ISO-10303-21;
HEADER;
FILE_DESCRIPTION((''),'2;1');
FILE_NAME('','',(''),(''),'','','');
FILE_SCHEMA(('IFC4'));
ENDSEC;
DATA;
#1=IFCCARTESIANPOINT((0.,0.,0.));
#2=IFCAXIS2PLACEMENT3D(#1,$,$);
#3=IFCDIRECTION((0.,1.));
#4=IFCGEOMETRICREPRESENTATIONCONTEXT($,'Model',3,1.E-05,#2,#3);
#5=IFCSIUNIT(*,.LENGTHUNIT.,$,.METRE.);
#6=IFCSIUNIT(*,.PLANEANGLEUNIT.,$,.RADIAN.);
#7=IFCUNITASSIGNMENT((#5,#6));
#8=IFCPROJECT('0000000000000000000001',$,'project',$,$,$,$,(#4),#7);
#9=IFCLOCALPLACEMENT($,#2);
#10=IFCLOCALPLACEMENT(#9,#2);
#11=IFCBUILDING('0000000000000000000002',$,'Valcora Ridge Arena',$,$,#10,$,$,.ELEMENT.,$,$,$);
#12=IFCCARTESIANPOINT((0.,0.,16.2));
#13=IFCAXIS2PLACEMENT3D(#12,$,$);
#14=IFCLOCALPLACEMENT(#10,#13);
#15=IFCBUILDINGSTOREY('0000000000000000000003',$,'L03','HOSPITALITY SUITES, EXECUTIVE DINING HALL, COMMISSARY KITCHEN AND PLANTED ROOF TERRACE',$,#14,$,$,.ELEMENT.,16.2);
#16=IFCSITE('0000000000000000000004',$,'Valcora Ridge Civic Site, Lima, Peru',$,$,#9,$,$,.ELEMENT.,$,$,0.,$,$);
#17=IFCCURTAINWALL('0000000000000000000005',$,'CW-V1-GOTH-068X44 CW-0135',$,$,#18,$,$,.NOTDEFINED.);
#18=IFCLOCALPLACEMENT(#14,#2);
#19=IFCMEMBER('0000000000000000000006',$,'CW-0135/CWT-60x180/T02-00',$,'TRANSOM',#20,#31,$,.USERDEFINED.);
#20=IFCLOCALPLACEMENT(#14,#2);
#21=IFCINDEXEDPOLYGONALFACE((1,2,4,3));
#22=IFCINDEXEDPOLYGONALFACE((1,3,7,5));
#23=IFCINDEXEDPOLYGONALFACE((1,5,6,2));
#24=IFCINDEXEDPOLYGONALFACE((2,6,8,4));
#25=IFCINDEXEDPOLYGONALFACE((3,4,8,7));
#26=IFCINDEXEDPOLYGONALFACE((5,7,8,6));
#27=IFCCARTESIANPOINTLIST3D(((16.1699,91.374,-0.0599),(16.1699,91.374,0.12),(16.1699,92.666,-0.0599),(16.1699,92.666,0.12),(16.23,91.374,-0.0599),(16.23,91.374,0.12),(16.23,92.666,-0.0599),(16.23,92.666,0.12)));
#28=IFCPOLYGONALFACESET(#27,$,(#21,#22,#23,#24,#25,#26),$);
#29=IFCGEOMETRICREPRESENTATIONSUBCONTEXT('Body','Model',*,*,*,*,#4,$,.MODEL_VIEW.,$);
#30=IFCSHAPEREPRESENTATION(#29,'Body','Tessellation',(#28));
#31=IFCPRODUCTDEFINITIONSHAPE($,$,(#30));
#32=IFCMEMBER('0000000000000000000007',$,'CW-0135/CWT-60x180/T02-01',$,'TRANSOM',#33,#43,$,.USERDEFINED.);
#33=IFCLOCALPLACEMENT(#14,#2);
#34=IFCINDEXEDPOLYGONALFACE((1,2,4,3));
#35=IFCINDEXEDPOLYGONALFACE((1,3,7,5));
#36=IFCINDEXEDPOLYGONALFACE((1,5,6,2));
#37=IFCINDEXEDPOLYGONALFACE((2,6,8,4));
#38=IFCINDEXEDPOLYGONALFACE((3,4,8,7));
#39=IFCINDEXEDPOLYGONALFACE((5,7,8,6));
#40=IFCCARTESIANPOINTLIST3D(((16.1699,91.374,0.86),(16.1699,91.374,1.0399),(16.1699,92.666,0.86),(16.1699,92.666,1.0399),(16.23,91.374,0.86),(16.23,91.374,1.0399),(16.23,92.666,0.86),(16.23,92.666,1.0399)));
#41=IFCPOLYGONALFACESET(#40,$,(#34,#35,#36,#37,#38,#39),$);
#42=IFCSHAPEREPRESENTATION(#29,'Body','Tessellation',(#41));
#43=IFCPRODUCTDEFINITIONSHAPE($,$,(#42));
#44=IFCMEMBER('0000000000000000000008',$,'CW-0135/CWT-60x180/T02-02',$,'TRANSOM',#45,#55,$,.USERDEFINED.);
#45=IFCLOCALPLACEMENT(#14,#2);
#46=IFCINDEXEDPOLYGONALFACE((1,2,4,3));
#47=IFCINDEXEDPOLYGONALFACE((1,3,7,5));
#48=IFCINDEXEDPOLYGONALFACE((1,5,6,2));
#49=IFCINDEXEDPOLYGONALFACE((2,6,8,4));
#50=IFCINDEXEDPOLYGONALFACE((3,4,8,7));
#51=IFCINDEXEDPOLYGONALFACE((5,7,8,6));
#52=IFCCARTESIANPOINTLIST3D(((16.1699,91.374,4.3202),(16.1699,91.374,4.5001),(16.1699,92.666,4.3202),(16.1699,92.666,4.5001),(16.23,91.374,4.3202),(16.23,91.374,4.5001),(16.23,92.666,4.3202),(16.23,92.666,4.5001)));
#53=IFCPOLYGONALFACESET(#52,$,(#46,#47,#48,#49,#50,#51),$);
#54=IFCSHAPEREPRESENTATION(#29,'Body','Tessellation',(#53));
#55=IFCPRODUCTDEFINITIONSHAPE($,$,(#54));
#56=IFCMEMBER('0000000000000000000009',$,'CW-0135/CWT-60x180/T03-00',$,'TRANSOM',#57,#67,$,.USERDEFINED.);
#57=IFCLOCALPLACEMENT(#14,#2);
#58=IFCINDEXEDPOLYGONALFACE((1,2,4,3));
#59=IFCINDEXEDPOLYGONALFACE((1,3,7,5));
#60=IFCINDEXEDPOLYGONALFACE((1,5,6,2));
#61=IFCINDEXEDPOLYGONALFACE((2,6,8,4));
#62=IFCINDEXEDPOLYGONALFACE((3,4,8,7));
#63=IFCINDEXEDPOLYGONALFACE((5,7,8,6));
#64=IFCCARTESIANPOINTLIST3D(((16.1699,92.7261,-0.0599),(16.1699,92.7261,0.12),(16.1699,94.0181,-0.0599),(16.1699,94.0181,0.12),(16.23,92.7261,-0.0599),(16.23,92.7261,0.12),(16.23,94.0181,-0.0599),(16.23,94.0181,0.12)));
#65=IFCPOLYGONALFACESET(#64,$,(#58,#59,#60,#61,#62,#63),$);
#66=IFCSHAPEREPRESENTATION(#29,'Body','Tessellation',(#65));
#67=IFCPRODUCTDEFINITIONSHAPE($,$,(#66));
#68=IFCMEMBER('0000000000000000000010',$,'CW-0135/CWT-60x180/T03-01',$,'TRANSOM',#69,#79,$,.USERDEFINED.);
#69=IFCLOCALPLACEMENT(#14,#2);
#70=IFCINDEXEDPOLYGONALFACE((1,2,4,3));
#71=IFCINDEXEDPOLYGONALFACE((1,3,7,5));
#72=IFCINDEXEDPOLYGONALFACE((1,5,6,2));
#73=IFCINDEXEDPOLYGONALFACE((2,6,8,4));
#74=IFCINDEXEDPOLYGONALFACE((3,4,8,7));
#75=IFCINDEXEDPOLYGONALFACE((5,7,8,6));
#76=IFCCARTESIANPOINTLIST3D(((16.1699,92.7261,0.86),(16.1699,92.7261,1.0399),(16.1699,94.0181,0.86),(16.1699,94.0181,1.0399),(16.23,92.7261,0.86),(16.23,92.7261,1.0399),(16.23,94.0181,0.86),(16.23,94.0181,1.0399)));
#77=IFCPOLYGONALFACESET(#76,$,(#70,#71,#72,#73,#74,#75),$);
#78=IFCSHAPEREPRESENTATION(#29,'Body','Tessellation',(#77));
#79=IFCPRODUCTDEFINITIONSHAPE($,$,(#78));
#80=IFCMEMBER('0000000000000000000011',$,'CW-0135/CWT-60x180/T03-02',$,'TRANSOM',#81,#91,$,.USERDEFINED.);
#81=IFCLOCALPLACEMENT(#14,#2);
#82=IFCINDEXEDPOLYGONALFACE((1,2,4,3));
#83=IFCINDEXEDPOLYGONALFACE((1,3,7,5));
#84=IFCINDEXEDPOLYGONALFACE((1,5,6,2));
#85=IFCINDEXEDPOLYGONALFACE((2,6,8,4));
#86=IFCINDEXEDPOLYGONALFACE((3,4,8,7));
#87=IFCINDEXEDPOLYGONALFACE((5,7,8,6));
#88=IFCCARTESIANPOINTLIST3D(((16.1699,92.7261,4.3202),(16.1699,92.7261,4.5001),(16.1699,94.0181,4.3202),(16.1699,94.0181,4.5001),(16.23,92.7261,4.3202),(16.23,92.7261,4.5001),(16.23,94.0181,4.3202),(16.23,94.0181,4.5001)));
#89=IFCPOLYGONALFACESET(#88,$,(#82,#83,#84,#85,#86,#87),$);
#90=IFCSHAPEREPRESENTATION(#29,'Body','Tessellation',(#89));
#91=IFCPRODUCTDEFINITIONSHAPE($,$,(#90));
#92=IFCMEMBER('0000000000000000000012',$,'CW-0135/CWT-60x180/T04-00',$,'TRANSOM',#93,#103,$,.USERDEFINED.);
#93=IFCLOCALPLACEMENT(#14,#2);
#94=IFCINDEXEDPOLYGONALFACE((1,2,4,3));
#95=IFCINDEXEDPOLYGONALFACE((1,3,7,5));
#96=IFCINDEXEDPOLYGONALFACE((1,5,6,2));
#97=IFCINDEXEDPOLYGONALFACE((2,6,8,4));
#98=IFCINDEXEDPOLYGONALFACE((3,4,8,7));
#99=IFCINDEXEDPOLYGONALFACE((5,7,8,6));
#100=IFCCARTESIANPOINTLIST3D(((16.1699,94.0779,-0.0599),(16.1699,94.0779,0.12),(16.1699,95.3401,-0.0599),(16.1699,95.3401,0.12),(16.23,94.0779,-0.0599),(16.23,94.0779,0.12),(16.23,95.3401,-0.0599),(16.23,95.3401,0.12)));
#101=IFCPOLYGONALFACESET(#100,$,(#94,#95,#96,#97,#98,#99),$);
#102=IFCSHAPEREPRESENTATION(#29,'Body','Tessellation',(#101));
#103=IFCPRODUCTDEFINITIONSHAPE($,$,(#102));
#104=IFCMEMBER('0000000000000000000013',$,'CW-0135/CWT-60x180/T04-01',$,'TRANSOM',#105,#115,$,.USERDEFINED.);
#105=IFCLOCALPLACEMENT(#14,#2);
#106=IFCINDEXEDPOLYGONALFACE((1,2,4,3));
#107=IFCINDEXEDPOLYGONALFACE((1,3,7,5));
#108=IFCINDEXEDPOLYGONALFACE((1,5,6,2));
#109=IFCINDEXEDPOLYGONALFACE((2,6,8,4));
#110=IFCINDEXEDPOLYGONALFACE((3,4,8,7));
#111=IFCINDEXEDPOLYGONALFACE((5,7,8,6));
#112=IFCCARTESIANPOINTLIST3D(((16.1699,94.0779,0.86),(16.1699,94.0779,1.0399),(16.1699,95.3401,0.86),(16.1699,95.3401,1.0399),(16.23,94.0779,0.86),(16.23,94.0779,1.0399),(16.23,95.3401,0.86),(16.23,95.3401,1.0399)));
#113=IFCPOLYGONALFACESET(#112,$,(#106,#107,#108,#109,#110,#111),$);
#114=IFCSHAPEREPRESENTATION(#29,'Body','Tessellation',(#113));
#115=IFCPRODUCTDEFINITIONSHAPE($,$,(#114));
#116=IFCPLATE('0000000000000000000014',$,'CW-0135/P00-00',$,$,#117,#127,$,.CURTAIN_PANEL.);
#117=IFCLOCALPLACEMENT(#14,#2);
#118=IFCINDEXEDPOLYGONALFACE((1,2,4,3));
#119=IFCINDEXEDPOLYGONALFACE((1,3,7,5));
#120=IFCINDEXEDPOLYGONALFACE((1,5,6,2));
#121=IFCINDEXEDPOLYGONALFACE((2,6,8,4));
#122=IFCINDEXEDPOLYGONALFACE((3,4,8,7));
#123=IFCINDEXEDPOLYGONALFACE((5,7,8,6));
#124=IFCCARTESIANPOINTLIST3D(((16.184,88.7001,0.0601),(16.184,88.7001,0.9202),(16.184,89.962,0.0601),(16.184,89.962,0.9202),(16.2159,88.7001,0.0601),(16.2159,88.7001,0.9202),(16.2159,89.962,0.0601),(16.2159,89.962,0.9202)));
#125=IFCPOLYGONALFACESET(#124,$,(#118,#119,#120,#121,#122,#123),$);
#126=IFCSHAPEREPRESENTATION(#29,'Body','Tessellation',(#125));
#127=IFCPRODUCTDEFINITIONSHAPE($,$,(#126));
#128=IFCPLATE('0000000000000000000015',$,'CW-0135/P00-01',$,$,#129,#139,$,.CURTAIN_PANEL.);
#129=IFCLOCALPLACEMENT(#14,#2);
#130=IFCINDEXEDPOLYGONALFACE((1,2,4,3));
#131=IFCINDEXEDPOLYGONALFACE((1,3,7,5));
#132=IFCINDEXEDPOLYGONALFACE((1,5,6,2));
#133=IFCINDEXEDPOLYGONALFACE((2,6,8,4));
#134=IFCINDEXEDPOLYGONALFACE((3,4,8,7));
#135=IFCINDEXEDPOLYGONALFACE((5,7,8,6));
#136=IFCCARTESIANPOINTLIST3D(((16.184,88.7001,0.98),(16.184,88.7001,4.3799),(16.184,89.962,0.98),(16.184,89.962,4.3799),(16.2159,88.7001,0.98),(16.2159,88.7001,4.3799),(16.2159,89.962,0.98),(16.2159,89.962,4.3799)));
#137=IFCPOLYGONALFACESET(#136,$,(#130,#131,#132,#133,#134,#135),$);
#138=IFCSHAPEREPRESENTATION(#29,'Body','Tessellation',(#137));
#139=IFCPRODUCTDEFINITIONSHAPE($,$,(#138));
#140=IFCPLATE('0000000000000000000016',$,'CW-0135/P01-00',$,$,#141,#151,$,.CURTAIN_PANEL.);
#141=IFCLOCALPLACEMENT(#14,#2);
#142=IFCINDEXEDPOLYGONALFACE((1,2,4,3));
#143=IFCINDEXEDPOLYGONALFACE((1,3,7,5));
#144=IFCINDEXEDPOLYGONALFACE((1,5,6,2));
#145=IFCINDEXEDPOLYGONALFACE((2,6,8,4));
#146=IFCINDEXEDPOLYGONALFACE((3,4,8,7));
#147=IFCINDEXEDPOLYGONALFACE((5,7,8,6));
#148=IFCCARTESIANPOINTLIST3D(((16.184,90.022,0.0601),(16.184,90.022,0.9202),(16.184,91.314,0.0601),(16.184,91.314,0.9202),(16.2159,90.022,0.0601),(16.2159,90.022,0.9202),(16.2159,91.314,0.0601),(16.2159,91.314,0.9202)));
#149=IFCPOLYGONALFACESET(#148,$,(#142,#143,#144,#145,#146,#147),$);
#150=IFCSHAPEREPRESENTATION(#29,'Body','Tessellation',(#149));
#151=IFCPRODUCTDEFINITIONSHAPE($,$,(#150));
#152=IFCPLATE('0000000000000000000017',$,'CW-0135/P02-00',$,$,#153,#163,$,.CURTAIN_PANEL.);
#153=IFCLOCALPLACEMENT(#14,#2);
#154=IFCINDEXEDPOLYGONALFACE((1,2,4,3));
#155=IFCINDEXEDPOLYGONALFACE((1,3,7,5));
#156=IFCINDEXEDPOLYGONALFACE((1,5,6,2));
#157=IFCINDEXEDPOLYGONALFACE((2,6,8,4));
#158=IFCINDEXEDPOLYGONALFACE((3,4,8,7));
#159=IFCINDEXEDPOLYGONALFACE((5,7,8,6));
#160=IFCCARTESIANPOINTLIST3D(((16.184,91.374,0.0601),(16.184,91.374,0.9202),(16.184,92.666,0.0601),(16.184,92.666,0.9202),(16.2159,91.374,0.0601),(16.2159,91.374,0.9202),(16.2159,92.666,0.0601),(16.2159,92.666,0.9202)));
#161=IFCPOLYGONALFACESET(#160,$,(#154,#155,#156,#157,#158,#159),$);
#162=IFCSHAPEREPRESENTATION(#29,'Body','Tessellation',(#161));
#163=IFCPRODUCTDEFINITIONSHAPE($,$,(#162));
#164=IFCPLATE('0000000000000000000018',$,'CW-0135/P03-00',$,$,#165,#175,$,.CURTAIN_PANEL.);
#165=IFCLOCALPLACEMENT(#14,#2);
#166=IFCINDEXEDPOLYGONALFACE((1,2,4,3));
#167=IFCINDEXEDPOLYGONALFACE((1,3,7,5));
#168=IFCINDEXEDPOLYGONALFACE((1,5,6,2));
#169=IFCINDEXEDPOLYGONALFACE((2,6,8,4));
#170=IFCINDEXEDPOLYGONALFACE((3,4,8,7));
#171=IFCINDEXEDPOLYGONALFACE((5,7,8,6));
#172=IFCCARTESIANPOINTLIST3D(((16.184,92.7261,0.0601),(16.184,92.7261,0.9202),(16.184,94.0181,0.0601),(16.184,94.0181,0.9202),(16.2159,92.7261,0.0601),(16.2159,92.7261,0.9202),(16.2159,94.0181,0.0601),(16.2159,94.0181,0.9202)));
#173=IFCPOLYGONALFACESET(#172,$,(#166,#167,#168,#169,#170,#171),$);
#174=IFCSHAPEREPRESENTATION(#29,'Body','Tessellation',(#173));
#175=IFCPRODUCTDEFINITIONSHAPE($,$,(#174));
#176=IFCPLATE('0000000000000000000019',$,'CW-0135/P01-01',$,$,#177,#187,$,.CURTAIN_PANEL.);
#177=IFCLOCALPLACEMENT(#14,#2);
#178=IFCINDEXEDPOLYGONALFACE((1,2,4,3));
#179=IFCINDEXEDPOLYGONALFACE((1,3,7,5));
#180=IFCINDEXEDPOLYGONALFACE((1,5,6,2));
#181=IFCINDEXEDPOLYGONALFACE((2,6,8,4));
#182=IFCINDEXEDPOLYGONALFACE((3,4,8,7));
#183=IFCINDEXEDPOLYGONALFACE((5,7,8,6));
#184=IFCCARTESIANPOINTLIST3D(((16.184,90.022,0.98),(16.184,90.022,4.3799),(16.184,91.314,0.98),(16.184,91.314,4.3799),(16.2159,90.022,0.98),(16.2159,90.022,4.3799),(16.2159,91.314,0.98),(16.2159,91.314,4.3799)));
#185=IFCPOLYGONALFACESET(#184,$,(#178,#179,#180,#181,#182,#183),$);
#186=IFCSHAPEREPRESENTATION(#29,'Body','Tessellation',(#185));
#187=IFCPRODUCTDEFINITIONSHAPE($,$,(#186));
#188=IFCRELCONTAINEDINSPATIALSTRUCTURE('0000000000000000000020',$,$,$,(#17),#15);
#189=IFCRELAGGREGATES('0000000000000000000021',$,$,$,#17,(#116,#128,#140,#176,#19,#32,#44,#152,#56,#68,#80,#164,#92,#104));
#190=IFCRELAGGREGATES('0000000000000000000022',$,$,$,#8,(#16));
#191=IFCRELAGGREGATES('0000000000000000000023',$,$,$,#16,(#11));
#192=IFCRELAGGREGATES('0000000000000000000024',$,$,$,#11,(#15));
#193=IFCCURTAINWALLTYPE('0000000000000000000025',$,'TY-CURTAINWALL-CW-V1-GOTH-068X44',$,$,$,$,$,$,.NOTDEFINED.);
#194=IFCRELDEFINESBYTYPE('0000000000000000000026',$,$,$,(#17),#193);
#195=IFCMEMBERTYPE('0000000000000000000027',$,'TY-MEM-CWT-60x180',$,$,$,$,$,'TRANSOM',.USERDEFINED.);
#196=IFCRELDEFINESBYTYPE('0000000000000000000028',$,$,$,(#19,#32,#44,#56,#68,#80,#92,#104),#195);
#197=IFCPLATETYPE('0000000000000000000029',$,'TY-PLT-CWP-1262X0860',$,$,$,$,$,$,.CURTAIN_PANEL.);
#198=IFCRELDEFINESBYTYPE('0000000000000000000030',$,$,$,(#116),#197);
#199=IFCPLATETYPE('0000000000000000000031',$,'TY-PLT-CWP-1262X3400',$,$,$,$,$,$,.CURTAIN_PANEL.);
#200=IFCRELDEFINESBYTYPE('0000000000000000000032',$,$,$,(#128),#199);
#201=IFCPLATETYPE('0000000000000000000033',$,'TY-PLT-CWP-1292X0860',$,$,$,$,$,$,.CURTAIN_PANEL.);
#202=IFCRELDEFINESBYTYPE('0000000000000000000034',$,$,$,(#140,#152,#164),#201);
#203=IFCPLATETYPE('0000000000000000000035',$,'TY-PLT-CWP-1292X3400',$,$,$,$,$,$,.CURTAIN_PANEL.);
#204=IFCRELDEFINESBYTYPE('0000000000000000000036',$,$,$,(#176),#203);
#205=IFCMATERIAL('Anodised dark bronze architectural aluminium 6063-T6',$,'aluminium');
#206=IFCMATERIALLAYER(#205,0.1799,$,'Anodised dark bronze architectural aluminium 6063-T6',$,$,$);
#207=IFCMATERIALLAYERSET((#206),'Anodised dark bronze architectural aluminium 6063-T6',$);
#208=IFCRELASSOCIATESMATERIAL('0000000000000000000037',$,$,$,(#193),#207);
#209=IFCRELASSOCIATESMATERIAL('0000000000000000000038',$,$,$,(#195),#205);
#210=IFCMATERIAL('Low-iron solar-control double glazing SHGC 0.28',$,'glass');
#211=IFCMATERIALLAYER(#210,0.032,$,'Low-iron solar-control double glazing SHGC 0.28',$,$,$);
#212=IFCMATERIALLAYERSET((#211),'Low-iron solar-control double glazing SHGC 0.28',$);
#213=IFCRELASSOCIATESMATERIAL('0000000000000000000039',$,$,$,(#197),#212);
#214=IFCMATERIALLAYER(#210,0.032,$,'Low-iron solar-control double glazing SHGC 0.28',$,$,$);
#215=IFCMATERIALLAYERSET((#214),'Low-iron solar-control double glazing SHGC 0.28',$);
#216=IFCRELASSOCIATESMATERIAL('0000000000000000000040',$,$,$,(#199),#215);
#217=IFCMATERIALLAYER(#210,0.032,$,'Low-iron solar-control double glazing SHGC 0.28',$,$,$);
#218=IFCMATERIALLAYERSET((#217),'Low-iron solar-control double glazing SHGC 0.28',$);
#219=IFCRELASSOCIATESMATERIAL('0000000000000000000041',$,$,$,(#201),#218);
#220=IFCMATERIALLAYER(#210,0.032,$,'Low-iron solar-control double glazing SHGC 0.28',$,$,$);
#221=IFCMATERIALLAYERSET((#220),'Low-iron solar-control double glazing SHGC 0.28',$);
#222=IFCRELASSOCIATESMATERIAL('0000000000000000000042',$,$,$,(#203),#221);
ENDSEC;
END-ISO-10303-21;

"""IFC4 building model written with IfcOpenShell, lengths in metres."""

from ifc_helpers import new_model, si_unit, direction, frame, origin, origin_2d, place, context, subcontext, project, spatial, rectangle, extrude, material, layer, layer_set, material_profile, profile_set, type_object, element, aggregate, save


model = new_model("IFC4")

# Units and contexts
model_context = context("Model", 3, precision=1e-05, world=origin(), true_north=direction((0.0, 1.0)))
body_context = subcontext(model_context, "Body", "Model", "MODEL_VIEW")
ifc_project = project(units=[si_unit("LENGTHUNIT", "METRE"), si_unit("PLANEANGLEUNIT", "RADIAN")], contexts=[model_context])

# Site, building, storey
site_placement = place(None, origin())
site = spatial("IfcSite", under=ifc_project, at=site_placement, Name="Valcora Ridge Civic Site, Lima, Peru", CompositionType="ELEMENT", RefElevation=0.0)
building_placement = place(site_placement, origin())
building = spatial("IfcBuilding", under=site, at=building_placement, Name="Valcora Ridge Arena", CompositionType="ELEMENT")
storey_placement = place(building_placement, frame((0.0, 0.0, 16.2)))
storey = spatial("IfcBuildingStorey", under=building, at=storey_placement, Name="L03", Description="HOSPITALITY SUITES, EXECUTIVE DINING HALL, COMMISSARY KITCHEN AND PLANTED ROOF TERRACE", CompositionType="ELEMENT", Elevation=16.2)

# Shared definitions
ifc_material_1 = material(Name="Anodised dark bronze architectural aluminium 6063-T6", Category="aluminium")

# Curtain wall
ifc_layer_1 = layer(ifc_material_1, 0.1799, Name="Anodised dark bronze architectural aluminium 6063-T6")
ifc_layer_set_1 = layer_set([ifc_layer_1], Name="Anodised dark bronze architectural aluminium 6063-T6")
curtain_wall_type_1 = type_object("IfcCurtainWallType", Name="TY-CURTAINWALL-CW-V1-GOTH-068X44", PredefinedType="NOTDEFINED", material=ifc_layer_set_1)
curtain_wall_1_placement = place(storey_placement, origin())
curtain_wall_1 = element("IfcCurtainWall", 1, at=curtain_wall_1_placement, inside=storey, type_object=curtain_wall_type_1, Name="CW-V1-GOTH-068X44 CW-0135", PredefinedType="NOTDEFINED")

# Members
ifc_material_profile_1 = material_profile(ifc_material_1, rectangle(XDim=0.0601, YDim=0.1799, at=origin_2d()), Name="ALU TRANSOM 60x180")
ifc_profile_set_1 = profile_set([ifc_material_profile_1], Name="Anodised dark bronze architectural aluminium 6063-T6")
member_type_1 = type_object("IfcMemberType", Name="TY-MEM-CWT-60x180", ElementType="TRANSOM", PredefinedType="USERDEFINED", material=ifc_profile_set_1)
member_1_placement = place(storey_placement, frame((16.2, 91.374, 0.03), z_axis=(0.0, 1.0, 0.0), x_axis=(-1.0, 0.0, 0.0)))
member_1 = element("IfcMember", 2, at=member_1_placement, type_object=member_type_1, Name="CW-0135/CWT-60x180/T02-00", ObjectType="TRANSOM", PredefinedType="USERDEFINED", context=body_context, shape_type="SweptSolid", body=[
    extrude(rectangle(XDim=0.0601, YDim=0.1799, at=origin_2d()), origin(), (0.0, 0.0, 1.0), 1.292),
])
member_2_placement = place(storey_placement, frame((16.2, 91.374, 0.95), z_axis=(0.0, 1.0, 0.0), x_axis=(-1.0, 0.0, 0.0)))
member_2 = element("IfcMember", 3, at=member_2_placement, type_object=member_type_1, Name="CW-0135/CWT-60x180/T02-01", ObjectType="TRANSOM", PredefinedType="USERDEFINED", context=body_context, shape_type="SweptSolid", body=[
    extrude(rectangle(XDim=0.0601, YDim=0.1799, at=origin_2d()), origin(), (0.0, 0.0, 1.0), 1.292),
])
member_3_placement = place(storey_placement, frame((16.2, 91.374, 4.4102), z_axis=(0.0, 1.0, 0.0), x_axis=(-1.0, 0.0, 0.0)))
member_3 = element("IfcMember", 4, at=member_3_placement, type_object=member_type_1, Name="CW-0135/CWT-60x180/T02-02", ObjectType="TRANSOM", PredefinedType="USERDEFINED", context=body_context, shape_type="SweptSolid", body=[
    extrude(rectangle(XDim=0.0601, YDim=0.1799, at=origin_2d()), origin(), (0.0, 0.0, 1.0), 1.292),
])
member_4_placement = place(storey_placement, frame((16.2, 92.7261, 0.03), z_axis=(0.0, 1.0, 0.0), x_axis=(-1.0, 0.0, 0.0)))
member_4 = element("IfcMember", 5, at=member_4_placement, type_object=member_type_1, Name="CW-0135/CWT-60x180/T03-00", ObjectType="TRANSOM", PredefinedType="USERDEFINED", context=body_context, shape_type="SweptSolid", body=[
    extrude(rectangle(XDim=0.0601, YDim=0.1799, at=origin_2d()), origin(), (0.0, 0.0, 1.0), 1.292),
])
member_5_placement = place(storey_placement, frame((16.2, 92.7261, 0.95), z_axis=(0.0, 1.0, 0.0), x_axis=(-1.0, 0.0, 0.0)))
member_5 = element("IfcMember", 6, at=member_5_placement, type_object=member_type_1, Name="CW-0135/CWT-60x180/T03-01", ObjectType="TRANSOM", PredefinedType="USERDEFINED", context=body_context, shape_type="SweptSolid", body=[
    extrude(rectangle(XDim=0.0601, YDim=0.1799, at=origin_2d()), origin(), (0.0, 0.0, 1.0), 1.292),
])
member_6_placement = place(storey_placement, frame((16.2, 92.7261, 4.4102), z_axis=(0.0, 1.0, 0.0), x_axis=(-1.0, 0.0, 0.0)))
member_6 = element("IfcMember", 7, at=member_6_placement, type_object=member_type_1, Name="CW-0135/CWT-60x180/T03-02", ObjectType="TRANSOM", PredefinedType="USERDEFINED", context=body_context, shape_type="SweptSolid", body=[
    extrude(rectangle(XDim=0.0601, YDim=0.1799, at=origin_2d()), origin(), (0.0, 0.0, 1.0), 1.292),
])
member_7_placement = place(storey_placement, frame((16.2, 94.0779, 0.03), z_axis=(0.0, 1.0, 0.0), x_axis=(-1.0, 0.0, 0.0)))
member_7 = element("IfcMember", 8, at=member_7_placement, type_object=member_type_1, Name="CW-0135/CWT-60x180/T04-00", ObjectType="TRANSOM", PredefinedType="USERDEFINED", context=body_context, shape_type="SweptSolid", body=[
    extrude(rectangle(XDim=0.0601, YDim=0.1799, at=origin_2d()), origin(), (0.0, 0.0, 1.0), 1.2622),
])
member_8_placement = place(storey_placement, frame((16.2, 94.0779, 0.95), z_axis=(0.0, 1.0, 0.0), x_axis=(-1.0, 0.0, 0.0)))
member_8 = element("IfcMember", 9, at=member_8_placement, type_object=member_type_1, Name="CW-0135/CWT-60x180/T04-01", ObjectType="TRANSOM", PredefinedType="USERDEFINED", context=body_context, shape_type="SweptSolid", body=[
    extrude(rectangle(XDim=0.0601, YDim=0.1799, at=origin_2d()), origin(), (0.0, 0.0, 1.0), 1.2622),
])

# Plates
ifc_material_2 = material(Name="Low-iron solar-control double glazing SHGC 0.28", Category="glass")
ifc_layer_2 = layer(ifc_material_2, 0.032, Name="Low-iron solar-control double glazing SHGC 0.28")
ifc_layer_set_2 = layer_set([ifc_layer_2], Name="Low-iron solar-control double glazing SHGC 0.28")
plate_type_1 = type_object("IfcPlateType", Name="TY-PLT-CWP-1262X0860", PredefinedType="CURTAIN_PANEL", material=ifc_layer_set_2)
plate_1_placement = place(storey_placement, frame((16.2, 89.3311, 0.0601), z_axis=(0.0, 0.0, 1.0), x_axis=(0.0, 1.0, 0.0)))
plate_1 = element("IfcPlate", 10, at=plate_1_placement, type_object=plate_type_1, Name="CW-0135/P00-00", PredefinedType="CURTAIN_PANEL", context=body_context, shape_type="SweptSolid", body=[
    extrude(rectangle(XDim=1.262, YDim=0.032, at=origin_2d()), origin(), (0.0, 0.0, 1.0), 0.8601),
])
ifc_layer_3 = layer(ifc_material_2, 0.032, Name="Low-iron solar-control double glazing SHGC 0.28")
ifc_layer_set_3 = layer_set([ifc_layer_3], Name="Low-iron solar-control double glazing SHGC 0.28")
plate_type_2 = type_object("IfcPlateType", Name="TY-PLT-CWP-1262X3400", PredefinedType="CURTAIN_PANEL", material=ifc_layer_set_3)
plate_2_placement = place(storey_placement, frame((16.2, 89.3311, 0.98), z_axis=(0.0, 0.0, 1.0), x_axis=(0.0, 1.0, 0.0)))
plate_2 = element("IfcPlate", 11, at=plate_2_placement, type_object=plate_type_2, Name="CW-0135/P00-01", PredefinedType="CURTAIN_PANEL", context=body_context, shape_type="SweptSolid", body=[
    extrude(rectangle(XDim=1.262, YDim=0.032, at=origin_2d()), origin(), (0.0, 0.0, 1.0), 3.3999),
])
ifc_layer_4 = layer(ifc_material_2, 0.032, Name="Low-iron solar-control double glazing SHGC 0.28")
ifc_layer_set_4 = layer_set([ifc_layer_4], Name="Low-iron solar-control double glazing SHGC 0.28")
plate_type_3 = type_object("IfcPlateType", Name="TY-PLT-CWP-1292X0860", PredefinedType="CURTAIN_PANEL", material=ifc_layer_set_4)
plate_3_placement = place(storey_placement, frame((16.2, 90.668, 0.0601), z_axis=(0.0, 0.0, 1.0), x_axis=(0.0, 1.0, 0.0)))
plate_3 = element("IfcPlate", 12, at=plate_3_placement, type_object=plate_type_3, Name="CW-0135/P01-00", PredefinedType="CURTAIN_PANEL", context=body_context, shape_type="SweptSolid", body=[
    extrude(rectangle(XDim=1.292, YDim=0.032, at=origin_2d()), origin(), (0.0, 0.0, 1.0), 0.8601),
])
plate_4_placement = place(storey_placement, frame((16.2, 92.02, 0.0601), z_axis=(0.0, 0.0, 1.0), x_axis=(0.0, 1.0, 0.0)))
plate_4 = element("IfcPlate", 13, at=plate_4_placement, type_object=plate_type_3, Name="CW-0135/P02-00", PredefinedType="CURTAIN_PANEL", context=body_context, shape_type="SweptSolid", body=[
    extrude(rectangle(XDim=1.292, YDim=0.032, at=origin_2d()), origin(), (0.0, 0.0, 1.0), 0.8601),
])
plate_5_placement = place(storey_placement, frame((16.2, 93.3721, 0.0601), z_axis=(0.0, 0.0, 1.0), x_axis=(0.0, 1.0, 0.0)))
plate_5 = element("IfcPlate", 14, at=plate_5_placement, type_object=plate_type_3, Name="CW-0135/P03-00", PredefinedType="CURTAIN_PANEL", context=body_context, shape_type="SweptSolid", body=[
    extrude(rectangle(XDim=1.292, YDim=0.032, at=origin_2d()), origin(), (0.0, 0.0, 1.0), 0.8601),
])
ifc_layer_5 = layer(ifc_material_2, 0.032, Name="Low-iron solar-control double glazing SHGC 0.28")
ifc_layer_set_5 = layer_set([ifc_layer_5], Name="Low-iron solar-control double glazing SHGC 0.28")
plate_type_4 = type_object("IfcPlateType", Name="TY-PLT-CWP-1292X3400", PredefinedType="CURTAIN_PANEL", material=ifc_layer_set_5)
plate_6_placement = place(storey_placement, frame((16.2, 90.668, 0.98), z_axis=(0.0, 0.0, 1.0), x_axis=(0.0, 1.0, 0.0)))
plate_6 = element("IfcPlate", 15, at=plate_6_placement, type_object=plate_type_4, Name="CW-0135/P01-01", PredefinedType="CURTAIN_PANEL", context=body_context, shape_type="SweptSolid", body=[
    extrude(rectangle(XDim=1.292, YDim=0.032, at=origin_2d()), origin(), (0.0, 0.0, 1.0), 3.3999),
])
aggregate(curtain_wall_1, [plate_1, plate_2, plate_3, plate_6, member_1, member_2, member_3, plate_4, member_4, member_5, member_6, plate_5, member_7, member_8])

save(model, "model.ifc")
